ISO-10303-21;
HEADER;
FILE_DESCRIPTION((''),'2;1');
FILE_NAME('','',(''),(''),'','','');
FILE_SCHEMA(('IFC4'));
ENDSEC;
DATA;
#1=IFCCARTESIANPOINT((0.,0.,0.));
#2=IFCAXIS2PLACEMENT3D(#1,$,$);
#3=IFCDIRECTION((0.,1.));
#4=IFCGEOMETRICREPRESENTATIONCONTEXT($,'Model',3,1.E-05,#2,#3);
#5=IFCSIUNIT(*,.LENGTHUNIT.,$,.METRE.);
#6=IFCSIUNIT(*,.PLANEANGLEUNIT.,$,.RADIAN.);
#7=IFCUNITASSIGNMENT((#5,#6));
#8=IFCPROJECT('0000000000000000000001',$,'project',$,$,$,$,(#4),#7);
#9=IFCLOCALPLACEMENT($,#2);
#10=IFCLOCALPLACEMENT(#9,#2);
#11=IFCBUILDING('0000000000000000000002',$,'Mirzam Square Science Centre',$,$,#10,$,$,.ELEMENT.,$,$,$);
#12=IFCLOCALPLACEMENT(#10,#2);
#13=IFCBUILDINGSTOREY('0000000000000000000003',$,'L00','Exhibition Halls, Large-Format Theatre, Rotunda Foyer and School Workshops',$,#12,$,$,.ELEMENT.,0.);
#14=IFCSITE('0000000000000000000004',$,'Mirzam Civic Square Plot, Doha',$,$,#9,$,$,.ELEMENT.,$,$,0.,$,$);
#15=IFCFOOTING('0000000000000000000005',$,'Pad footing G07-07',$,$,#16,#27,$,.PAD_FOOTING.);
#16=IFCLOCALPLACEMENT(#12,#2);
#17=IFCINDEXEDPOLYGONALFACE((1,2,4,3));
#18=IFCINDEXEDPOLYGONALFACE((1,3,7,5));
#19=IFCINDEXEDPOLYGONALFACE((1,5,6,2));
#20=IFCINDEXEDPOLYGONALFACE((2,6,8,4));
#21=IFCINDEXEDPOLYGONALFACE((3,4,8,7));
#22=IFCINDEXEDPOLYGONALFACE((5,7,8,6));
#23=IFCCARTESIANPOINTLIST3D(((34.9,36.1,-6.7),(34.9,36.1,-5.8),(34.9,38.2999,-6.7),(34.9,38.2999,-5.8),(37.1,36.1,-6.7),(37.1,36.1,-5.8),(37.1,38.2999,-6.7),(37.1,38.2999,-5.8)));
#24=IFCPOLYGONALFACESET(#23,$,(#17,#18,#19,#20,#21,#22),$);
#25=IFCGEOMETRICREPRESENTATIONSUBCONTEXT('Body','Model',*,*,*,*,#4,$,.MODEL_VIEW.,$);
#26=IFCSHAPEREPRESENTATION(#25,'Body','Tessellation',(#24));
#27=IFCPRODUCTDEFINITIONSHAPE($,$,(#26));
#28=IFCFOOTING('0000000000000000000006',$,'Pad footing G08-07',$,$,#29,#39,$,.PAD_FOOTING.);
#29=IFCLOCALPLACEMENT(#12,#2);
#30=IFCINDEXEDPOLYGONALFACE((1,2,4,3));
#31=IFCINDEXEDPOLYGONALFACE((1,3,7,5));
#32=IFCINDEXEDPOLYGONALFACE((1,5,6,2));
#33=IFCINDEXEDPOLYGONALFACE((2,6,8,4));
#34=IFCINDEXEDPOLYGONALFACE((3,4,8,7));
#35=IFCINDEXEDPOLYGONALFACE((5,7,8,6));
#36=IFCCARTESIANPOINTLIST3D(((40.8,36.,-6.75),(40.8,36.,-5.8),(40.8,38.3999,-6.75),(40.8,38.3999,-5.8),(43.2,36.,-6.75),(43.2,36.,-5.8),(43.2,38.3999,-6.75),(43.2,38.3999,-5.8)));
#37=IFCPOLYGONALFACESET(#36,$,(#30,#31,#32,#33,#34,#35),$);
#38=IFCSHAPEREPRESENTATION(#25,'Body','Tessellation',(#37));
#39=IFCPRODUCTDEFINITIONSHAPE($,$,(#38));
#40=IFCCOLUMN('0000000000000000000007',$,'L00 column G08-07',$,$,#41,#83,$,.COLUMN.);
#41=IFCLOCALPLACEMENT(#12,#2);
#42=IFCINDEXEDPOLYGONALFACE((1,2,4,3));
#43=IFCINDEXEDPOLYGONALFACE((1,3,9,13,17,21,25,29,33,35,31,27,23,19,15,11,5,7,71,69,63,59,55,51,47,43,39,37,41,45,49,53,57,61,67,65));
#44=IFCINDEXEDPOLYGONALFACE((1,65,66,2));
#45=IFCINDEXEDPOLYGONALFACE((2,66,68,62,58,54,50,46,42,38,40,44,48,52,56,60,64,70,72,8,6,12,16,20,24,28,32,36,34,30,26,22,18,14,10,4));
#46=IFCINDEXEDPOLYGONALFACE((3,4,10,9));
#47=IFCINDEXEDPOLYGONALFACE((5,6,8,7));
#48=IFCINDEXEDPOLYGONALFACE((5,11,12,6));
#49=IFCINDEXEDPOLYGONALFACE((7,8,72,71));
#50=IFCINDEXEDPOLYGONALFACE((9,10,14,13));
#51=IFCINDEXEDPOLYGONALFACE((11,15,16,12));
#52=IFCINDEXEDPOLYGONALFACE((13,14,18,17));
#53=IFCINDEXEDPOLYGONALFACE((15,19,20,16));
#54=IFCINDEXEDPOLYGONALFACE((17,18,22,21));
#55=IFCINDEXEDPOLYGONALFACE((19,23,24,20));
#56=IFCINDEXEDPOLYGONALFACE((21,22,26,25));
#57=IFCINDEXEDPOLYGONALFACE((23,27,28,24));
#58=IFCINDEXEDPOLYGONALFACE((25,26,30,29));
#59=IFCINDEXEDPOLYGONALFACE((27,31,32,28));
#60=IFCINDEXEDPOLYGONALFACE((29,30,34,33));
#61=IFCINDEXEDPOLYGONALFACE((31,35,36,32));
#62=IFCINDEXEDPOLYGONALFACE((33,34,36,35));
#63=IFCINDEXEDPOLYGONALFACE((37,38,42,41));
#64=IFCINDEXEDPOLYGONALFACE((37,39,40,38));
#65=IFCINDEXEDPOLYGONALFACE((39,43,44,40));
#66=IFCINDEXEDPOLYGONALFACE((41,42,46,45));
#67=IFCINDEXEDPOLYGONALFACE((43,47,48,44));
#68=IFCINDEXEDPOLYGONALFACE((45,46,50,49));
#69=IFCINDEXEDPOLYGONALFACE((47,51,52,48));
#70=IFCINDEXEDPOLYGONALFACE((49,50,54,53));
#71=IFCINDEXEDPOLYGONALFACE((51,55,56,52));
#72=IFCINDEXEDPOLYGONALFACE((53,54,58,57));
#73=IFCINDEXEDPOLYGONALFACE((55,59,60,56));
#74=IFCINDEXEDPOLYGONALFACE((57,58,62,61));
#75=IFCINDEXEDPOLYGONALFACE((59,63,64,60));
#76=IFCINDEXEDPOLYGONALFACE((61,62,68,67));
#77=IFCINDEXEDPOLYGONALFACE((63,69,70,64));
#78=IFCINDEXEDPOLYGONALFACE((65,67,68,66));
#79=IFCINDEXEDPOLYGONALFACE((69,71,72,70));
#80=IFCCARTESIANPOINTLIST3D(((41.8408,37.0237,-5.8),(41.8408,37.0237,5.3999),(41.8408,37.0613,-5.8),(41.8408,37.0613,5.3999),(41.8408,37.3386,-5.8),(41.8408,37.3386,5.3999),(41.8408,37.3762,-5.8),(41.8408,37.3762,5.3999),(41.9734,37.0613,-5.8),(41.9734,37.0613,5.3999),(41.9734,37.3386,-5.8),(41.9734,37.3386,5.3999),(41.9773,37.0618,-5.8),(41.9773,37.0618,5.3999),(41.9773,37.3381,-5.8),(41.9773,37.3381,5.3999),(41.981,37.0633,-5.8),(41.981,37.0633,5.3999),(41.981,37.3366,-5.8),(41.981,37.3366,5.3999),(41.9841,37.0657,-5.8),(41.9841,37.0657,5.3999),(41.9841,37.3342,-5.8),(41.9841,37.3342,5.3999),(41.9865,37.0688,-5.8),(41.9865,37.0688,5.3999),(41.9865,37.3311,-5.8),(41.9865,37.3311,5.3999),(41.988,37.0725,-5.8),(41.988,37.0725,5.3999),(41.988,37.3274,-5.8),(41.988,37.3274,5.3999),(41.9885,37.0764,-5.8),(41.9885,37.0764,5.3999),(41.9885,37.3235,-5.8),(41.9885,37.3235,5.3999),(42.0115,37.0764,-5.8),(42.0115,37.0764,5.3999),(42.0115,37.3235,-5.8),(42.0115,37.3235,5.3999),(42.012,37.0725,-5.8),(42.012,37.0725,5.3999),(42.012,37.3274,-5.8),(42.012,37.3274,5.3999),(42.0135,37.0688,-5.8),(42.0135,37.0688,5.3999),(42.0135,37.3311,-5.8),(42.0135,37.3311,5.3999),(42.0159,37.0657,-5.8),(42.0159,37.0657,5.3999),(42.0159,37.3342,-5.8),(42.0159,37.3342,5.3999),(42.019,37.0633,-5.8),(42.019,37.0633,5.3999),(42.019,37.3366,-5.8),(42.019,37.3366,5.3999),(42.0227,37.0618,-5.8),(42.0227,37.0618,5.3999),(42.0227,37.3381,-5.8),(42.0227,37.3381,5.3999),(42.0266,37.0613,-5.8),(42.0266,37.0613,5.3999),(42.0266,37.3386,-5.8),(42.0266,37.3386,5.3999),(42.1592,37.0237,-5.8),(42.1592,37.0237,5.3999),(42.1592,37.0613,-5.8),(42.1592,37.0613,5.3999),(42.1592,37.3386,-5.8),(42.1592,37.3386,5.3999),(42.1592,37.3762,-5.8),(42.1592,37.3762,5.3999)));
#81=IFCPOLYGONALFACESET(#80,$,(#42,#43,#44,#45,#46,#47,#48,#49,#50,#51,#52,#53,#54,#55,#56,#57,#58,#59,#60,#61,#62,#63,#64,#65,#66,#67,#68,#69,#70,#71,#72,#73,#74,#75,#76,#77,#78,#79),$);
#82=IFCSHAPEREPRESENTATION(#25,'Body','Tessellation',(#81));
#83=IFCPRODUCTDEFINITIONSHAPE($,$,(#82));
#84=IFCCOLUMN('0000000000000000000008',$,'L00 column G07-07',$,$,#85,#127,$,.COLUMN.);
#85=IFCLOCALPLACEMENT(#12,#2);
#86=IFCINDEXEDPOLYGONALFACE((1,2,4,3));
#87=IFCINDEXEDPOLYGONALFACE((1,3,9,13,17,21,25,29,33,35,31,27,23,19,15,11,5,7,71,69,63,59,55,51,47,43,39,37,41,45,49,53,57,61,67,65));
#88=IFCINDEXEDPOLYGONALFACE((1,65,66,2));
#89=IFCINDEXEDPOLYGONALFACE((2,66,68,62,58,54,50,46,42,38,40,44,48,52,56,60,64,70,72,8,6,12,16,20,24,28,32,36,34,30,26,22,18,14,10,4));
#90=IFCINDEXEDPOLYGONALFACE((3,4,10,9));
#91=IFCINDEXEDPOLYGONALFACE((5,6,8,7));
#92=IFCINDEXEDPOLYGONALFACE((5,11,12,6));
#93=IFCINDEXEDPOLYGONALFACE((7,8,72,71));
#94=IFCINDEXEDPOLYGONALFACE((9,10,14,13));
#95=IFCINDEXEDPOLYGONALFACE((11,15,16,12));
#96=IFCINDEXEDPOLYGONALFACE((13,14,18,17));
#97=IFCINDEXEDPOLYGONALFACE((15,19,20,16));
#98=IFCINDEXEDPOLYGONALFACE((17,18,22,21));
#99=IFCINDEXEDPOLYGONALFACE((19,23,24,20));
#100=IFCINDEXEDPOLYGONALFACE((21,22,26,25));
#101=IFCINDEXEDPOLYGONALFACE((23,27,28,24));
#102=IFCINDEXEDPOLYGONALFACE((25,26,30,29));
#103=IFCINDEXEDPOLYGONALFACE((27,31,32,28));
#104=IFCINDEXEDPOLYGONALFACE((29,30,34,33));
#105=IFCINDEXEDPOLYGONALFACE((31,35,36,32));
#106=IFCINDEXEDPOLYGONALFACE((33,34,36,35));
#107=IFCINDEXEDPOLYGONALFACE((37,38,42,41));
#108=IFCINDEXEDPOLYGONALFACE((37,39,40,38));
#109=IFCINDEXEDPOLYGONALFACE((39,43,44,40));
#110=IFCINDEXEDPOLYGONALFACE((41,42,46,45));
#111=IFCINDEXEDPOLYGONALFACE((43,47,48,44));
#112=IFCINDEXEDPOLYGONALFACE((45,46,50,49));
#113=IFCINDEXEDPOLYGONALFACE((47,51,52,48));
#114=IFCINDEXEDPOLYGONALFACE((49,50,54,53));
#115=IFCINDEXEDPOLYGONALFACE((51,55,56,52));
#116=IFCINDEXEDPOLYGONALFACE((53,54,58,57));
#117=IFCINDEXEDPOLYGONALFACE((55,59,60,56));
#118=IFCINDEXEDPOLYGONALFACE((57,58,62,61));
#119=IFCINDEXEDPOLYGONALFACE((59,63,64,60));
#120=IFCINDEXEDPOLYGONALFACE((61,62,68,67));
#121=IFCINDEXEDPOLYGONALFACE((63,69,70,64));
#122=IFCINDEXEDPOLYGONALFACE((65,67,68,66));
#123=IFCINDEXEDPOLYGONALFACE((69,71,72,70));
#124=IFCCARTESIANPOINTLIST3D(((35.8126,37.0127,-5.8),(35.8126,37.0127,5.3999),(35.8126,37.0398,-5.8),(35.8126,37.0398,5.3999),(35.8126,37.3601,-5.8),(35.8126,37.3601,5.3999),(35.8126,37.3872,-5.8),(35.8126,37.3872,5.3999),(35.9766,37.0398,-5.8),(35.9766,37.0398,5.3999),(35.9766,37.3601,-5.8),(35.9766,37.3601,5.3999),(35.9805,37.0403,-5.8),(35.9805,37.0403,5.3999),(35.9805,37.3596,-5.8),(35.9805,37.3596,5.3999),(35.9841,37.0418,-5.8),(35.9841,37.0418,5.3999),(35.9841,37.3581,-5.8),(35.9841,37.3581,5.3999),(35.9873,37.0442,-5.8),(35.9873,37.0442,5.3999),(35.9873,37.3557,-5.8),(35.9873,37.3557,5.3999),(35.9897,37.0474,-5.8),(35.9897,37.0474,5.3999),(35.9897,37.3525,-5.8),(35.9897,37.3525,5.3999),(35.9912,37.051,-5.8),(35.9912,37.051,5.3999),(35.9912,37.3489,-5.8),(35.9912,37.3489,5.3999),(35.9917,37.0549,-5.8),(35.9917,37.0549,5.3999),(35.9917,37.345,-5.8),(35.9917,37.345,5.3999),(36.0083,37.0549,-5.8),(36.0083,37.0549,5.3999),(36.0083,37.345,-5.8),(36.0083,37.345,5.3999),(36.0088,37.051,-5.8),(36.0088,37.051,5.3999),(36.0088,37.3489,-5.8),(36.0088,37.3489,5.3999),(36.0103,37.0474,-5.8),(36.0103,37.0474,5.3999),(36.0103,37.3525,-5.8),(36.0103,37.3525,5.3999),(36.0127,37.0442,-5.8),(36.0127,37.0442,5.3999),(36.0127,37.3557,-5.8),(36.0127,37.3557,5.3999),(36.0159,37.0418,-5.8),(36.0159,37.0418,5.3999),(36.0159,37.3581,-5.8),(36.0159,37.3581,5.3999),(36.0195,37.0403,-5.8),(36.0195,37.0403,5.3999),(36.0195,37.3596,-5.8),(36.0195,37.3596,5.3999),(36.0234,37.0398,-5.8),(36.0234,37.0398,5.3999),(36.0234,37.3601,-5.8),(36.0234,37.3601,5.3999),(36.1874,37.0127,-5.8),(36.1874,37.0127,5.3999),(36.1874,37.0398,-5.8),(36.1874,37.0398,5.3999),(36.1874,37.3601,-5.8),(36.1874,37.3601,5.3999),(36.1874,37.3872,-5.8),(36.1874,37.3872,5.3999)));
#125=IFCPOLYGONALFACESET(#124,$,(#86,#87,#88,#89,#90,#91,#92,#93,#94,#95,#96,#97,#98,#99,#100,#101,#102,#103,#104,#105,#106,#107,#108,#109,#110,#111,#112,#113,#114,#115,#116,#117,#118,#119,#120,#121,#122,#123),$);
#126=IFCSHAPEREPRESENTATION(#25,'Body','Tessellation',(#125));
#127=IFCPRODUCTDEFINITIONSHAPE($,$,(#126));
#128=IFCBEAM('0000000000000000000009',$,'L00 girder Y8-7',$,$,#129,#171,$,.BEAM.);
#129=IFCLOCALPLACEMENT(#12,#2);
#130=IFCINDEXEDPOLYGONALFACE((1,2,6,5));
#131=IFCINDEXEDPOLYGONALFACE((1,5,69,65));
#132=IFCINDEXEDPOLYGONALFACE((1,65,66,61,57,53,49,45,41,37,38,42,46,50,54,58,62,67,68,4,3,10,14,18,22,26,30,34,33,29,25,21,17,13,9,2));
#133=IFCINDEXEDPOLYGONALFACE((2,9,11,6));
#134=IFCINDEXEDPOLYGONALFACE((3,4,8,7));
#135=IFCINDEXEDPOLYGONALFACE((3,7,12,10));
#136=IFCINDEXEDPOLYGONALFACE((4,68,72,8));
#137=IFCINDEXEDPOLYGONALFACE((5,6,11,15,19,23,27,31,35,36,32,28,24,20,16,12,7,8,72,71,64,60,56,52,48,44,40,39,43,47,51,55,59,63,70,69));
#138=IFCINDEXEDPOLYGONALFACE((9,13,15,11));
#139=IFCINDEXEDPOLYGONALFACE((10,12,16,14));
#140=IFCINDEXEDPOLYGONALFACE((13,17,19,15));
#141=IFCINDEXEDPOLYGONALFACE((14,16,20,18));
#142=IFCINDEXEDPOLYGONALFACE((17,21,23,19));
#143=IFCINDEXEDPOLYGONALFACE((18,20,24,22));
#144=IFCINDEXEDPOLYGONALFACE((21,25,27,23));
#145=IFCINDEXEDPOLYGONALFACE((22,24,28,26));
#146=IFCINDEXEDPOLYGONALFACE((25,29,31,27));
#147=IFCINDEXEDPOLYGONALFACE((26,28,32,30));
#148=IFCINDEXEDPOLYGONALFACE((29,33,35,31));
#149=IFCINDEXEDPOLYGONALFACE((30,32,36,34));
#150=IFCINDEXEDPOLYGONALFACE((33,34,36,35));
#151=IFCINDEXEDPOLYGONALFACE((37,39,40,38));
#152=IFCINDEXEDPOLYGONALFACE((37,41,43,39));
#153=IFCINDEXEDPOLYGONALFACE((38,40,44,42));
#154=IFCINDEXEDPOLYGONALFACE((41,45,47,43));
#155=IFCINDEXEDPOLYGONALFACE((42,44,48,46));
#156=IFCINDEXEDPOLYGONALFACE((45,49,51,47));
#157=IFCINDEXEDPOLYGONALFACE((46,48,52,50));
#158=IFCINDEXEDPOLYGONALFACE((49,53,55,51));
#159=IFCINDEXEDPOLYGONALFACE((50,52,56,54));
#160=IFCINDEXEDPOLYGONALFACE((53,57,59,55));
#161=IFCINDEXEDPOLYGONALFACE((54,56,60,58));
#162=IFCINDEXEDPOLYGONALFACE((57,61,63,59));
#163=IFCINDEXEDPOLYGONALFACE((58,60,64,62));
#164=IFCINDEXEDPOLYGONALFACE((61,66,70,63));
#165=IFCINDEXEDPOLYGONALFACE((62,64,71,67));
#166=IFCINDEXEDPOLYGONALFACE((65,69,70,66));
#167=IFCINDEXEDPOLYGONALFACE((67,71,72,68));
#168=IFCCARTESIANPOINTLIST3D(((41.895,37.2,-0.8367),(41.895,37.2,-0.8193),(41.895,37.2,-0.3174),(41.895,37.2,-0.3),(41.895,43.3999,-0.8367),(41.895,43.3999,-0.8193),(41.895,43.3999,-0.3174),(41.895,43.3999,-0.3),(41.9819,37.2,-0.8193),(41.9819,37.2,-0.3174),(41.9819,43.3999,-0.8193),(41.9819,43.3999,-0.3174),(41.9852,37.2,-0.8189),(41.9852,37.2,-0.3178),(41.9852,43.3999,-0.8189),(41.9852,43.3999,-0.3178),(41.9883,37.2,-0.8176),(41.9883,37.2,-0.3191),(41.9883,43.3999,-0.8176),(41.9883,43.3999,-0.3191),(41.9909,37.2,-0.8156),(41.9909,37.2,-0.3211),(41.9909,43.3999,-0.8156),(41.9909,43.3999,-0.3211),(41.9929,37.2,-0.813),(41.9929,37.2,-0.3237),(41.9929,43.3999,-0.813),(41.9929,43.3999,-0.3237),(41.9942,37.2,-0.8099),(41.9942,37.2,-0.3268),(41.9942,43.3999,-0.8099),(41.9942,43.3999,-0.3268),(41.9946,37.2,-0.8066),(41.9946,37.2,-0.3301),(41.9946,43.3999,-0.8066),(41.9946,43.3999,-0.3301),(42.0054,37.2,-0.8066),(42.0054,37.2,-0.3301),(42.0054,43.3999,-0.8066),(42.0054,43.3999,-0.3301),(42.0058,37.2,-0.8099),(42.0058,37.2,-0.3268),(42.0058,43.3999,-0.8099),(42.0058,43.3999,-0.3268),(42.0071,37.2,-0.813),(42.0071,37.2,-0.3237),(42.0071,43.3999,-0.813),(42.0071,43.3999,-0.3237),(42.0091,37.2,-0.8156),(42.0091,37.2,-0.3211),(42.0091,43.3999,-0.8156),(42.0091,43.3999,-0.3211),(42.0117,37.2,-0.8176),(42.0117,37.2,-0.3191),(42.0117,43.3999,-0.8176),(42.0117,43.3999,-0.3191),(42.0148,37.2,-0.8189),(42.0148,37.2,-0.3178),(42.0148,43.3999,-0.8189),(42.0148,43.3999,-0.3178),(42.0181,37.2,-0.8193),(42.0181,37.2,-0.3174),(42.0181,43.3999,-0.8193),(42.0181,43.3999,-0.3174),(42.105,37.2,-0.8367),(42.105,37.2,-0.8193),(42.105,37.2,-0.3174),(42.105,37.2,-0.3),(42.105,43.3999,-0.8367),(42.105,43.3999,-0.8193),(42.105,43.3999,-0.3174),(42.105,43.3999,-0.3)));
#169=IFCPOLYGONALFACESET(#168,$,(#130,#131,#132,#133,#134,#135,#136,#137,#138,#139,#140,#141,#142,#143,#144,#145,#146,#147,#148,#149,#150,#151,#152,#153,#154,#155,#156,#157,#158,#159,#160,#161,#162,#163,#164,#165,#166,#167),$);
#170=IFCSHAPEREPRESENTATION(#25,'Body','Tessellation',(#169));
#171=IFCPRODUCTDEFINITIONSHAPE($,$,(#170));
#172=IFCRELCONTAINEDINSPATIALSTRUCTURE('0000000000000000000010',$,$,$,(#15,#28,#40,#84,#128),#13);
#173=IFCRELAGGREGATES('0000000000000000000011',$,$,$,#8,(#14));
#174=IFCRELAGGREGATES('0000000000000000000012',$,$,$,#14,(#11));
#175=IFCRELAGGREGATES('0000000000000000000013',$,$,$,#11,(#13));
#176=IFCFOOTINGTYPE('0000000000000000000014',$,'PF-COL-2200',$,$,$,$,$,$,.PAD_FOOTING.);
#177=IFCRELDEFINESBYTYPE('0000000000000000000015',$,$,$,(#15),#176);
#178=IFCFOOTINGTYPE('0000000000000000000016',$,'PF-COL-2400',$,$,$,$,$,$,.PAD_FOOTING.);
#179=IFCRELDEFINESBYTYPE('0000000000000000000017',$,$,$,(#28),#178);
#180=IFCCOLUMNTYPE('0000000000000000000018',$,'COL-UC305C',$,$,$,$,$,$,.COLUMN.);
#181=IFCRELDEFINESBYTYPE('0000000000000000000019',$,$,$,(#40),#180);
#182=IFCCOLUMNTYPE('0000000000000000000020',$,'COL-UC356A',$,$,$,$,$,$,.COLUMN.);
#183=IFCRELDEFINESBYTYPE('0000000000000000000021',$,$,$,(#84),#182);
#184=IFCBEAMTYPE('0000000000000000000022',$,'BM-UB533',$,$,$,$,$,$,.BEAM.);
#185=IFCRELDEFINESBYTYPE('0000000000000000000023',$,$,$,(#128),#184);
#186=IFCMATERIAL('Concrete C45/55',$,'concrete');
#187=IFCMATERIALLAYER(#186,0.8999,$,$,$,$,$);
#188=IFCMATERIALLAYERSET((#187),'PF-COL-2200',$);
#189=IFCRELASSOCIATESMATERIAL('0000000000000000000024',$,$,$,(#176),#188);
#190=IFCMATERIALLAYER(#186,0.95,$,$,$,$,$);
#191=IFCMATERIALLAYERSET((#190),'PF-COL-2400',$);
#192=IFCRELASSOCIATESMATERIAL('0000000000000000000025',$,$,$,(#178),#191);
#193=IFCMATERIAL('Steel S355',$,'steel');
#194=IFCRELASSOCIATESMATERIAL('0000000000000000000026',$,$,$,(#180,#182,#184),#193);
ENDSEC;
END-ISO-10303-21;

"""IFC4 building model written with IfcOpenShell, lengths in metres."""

from ifc_helpers import new_model, si_unit, direction, frame, origin, origin_2d, place, context, subcontext, project, spatial, rectangle, i_section, extrude, material, layer, layer_set, material_profile, profile_set, type_object, element, save


model = new_model("IFC4")

# Units and contexts
model_context = context("Model", 3, precision=1e-05, world=origin(), true_north=direction((0.0, 1.0)))
body_context = subcontext(model_context, "Body", "Model", "MODEL_VIEW")
ifc_project = project(units=[si_unit("LENGTHUNIT", "METRE"), si_unit("PLANEANGLEUNIT", "RADIAN")], contexts=[model_context])

# Site, building, storey
site_placement = place(None, origin())
site = spatial("IfcSite", under=ifc_project, at=site_placement, Name="Mirzam Civic Square Plot, Doha", CompositionType="ELEMENT", RefElevation=0.0)
building_placement = place(site_placement, origin())
building = spatial("IfcBuilding", under=site, at=building_placement, Name="Mirzam Square Science Centre", CompositionType="ELEMENT")
storey_placement = place(building_placement, origin())
storey = spatial("IfcBuildingStorey", under=building, at=storey_placement, Name="L00", Description="Exhibition Halls, Large-Format Theatre, Rotunda Foyer and School Workshops", CompositionType="ELEMENT", Elevation=0.0)

# Footings
ifc_material_1 = material(Name="Concrete C45/55", Category="concrete")
ifc_layer_1 = layer(ifc_material_1, 0.8999)
ifc_layer_set_1 = layer_set([ifc_layer_1], Name="PF-COL-2200")
footing_type_1 = type_object("IfcFootingType", Name="PF-COL-2200", PredefinedType="PAD_FOOTING", material=ifc_layer_set_1)
footing_1_placement = place(storey_placement, frame((36.0, 37.2, -6.7), z_axis=(0.0, 0.0, 1.0), x_axis=(1.0, 0.0, 0.0)))
element("IfcFooting", 1, at=footing_1_placement, inside=storey, type_object=footing_type_1, Name="Pad footing G07-07", PredefinedType="PAD_FOOTING", context=body_context, shape_type="SweptSolid", body=[
    extrude(rectangle(XDim=2.2, YDim=2.2, at=origin_2d()), origin(), (0.0, 0.0, 1.0), 0.8999),
])
ifc_layer_2 = layer(ifc_material_1, 0.95)
ifc_layer_set_2 = layer_set([ifc_layer_2], Name="PF-COL-2400")
footing_type_2 = type_object("IfcFootingType", Name="PF-COL-2400", PredefinedType="PAD_FOOTING", material=ifc_layer_set_2)
footing_2_placement = place(storey_placement, frame((42.0, 37.2, -6.75), z_axis=(0.0, 0.0, 1.0), x_axis=(1.0, 0.0, 0.0)))
element("IfcFooting", 2, at=footing_2_placement, inside=storey, type_object=footing_type_2, Name="Pad footing G08-07", PredefinedType="PAD_FOOTING", context=body_context, shape_type="SweptSolid", body=[
    extrude(rectangle(XDim=2.3999, YDim=2.3999, at=origin_2d()), origin(), (0.0, 0.0, 1.0), 0.95),
])

# Columns
ifc_material_2 = material(Name="Steel S355", Category="steel")
ifc_material_profile_1 = material_profile(ifc_material_2, i_section(OverallWidth=0.3184, OverallDepth=0.3525, WebThickness=0.0229, FlangeThickness=0.0376, FilletRadius=0.0151, at=origin_2d()), Name="305x305x240UC")
ifc_profile_set_1 = profile_set([ifc_material_profile_1], Name="Steel S355")
column_type_1 = type_object("IfcColumnType", Name="COL-UC305C", PredefinedType="COLUMN", material=ifc_profile_set_1)
column_1_placement = place(storey_placement, frame((42.0, 37.2, -5.8), z_axis=(0.0, 0.0, 1.0), x_axis=(1.0, 0.0, 0.0)))
element("IfcColumn", 3, at=column_1_placement, inside=storey, type_object=column_type_1, Name="L00 column G08-07", PredefinedType="COLUMN", context=body_context, shape_type="SweptSolid", body=[
    extrude(i_section(OverallWidth=0.3184, OverallDepth=0.3525, WebThickness=0.0229, FlangeThickness=0.0376, FilletRadius=0.0151, at=origin_2d()), origin(), (0.0, 0.0, 1.0), 11.2),
])
ifc_material_profile_2 = material_profile(ifc_material_2, i_section(OverallWidth=0.3748, OverallDepth=0.3745, WebThickness=0.0166, FlangeThickness=0.0271, FilletRadius=0.0151, at=origin_2d()), Name="356x368x202UC")
ifc_profile_set_2 = profile_set([ifc_material_profile_2], Name="Steel S355")
column_type_2 = type_object("IfcColumnType", Name="COL-UC356A", PredefinedType="COLUMN", material=ifc_profile_set_2)
column_2_placement = place(storey_placement, frame((36.0, 37.2, -5.8), z_axis=(0.0, 0.0, 1.0), x_axis=(1.0, 0.0, 0.0)))
element("IfcColumn", 4, at=column_2_placement, inside=storey, type_object=column_type_2, Name="L00 column G07-07", PredefinedType="COLUMN", context=body_context, shape_type="SweptSolid", body=[
    extrude(i_section(OverallWidth=0.3748, OverallDepth=0.3745, WebThickness=0.0166, FlangeThickness=0.0271, FilletRadius=0.0151, at=origin_2d()), origin(), (0.0, 0.0, 1.0), 11.2),
])

# Beam
ifc_material_profile_3 = material_profile(ifc_material_2, i_section(OverallWidth=0.21, OverallDepth=0.5366, WebThickness=0.0107, FlangeThickness=0.0173, FilletRadius=0.0127, at=origin_2d()), Name="533x210x101UB")
ifc_profile_set_3 = profile_set([ifc_material_profile_3], Name="Steel S355")
beam_type_1 = type_object("IfcBeamType", Name="BM-UB533", PredefinedType="BEAM", material=ifc_profile_set_3)
beam_1_placement = place(storey_placement, frame((42.0, 37.2, -0.5684), z_axis=(0.0, 1.0, 0.0), x_axis=(-1.0, 0.0, 0.0)))
element("IfcBeam", 5, at=beam_1_placement, inside=storey, type_object=beam_type_1, Name="L00 girder Y8-7", PredefinedType="BEAM", context=body_context, shape_type="SweptSolid", body=[
    extrude(i_section(OverallWidth=0.21, OverallDepth=0.5366, WebThickness=0.0107, FlangeThickness=0.0173, FilletRadius=0.0127, at=origin_2d()), origin(), (0.0, 0.0, 1.0), 6.2),
])

save(model, "model.ifc")
